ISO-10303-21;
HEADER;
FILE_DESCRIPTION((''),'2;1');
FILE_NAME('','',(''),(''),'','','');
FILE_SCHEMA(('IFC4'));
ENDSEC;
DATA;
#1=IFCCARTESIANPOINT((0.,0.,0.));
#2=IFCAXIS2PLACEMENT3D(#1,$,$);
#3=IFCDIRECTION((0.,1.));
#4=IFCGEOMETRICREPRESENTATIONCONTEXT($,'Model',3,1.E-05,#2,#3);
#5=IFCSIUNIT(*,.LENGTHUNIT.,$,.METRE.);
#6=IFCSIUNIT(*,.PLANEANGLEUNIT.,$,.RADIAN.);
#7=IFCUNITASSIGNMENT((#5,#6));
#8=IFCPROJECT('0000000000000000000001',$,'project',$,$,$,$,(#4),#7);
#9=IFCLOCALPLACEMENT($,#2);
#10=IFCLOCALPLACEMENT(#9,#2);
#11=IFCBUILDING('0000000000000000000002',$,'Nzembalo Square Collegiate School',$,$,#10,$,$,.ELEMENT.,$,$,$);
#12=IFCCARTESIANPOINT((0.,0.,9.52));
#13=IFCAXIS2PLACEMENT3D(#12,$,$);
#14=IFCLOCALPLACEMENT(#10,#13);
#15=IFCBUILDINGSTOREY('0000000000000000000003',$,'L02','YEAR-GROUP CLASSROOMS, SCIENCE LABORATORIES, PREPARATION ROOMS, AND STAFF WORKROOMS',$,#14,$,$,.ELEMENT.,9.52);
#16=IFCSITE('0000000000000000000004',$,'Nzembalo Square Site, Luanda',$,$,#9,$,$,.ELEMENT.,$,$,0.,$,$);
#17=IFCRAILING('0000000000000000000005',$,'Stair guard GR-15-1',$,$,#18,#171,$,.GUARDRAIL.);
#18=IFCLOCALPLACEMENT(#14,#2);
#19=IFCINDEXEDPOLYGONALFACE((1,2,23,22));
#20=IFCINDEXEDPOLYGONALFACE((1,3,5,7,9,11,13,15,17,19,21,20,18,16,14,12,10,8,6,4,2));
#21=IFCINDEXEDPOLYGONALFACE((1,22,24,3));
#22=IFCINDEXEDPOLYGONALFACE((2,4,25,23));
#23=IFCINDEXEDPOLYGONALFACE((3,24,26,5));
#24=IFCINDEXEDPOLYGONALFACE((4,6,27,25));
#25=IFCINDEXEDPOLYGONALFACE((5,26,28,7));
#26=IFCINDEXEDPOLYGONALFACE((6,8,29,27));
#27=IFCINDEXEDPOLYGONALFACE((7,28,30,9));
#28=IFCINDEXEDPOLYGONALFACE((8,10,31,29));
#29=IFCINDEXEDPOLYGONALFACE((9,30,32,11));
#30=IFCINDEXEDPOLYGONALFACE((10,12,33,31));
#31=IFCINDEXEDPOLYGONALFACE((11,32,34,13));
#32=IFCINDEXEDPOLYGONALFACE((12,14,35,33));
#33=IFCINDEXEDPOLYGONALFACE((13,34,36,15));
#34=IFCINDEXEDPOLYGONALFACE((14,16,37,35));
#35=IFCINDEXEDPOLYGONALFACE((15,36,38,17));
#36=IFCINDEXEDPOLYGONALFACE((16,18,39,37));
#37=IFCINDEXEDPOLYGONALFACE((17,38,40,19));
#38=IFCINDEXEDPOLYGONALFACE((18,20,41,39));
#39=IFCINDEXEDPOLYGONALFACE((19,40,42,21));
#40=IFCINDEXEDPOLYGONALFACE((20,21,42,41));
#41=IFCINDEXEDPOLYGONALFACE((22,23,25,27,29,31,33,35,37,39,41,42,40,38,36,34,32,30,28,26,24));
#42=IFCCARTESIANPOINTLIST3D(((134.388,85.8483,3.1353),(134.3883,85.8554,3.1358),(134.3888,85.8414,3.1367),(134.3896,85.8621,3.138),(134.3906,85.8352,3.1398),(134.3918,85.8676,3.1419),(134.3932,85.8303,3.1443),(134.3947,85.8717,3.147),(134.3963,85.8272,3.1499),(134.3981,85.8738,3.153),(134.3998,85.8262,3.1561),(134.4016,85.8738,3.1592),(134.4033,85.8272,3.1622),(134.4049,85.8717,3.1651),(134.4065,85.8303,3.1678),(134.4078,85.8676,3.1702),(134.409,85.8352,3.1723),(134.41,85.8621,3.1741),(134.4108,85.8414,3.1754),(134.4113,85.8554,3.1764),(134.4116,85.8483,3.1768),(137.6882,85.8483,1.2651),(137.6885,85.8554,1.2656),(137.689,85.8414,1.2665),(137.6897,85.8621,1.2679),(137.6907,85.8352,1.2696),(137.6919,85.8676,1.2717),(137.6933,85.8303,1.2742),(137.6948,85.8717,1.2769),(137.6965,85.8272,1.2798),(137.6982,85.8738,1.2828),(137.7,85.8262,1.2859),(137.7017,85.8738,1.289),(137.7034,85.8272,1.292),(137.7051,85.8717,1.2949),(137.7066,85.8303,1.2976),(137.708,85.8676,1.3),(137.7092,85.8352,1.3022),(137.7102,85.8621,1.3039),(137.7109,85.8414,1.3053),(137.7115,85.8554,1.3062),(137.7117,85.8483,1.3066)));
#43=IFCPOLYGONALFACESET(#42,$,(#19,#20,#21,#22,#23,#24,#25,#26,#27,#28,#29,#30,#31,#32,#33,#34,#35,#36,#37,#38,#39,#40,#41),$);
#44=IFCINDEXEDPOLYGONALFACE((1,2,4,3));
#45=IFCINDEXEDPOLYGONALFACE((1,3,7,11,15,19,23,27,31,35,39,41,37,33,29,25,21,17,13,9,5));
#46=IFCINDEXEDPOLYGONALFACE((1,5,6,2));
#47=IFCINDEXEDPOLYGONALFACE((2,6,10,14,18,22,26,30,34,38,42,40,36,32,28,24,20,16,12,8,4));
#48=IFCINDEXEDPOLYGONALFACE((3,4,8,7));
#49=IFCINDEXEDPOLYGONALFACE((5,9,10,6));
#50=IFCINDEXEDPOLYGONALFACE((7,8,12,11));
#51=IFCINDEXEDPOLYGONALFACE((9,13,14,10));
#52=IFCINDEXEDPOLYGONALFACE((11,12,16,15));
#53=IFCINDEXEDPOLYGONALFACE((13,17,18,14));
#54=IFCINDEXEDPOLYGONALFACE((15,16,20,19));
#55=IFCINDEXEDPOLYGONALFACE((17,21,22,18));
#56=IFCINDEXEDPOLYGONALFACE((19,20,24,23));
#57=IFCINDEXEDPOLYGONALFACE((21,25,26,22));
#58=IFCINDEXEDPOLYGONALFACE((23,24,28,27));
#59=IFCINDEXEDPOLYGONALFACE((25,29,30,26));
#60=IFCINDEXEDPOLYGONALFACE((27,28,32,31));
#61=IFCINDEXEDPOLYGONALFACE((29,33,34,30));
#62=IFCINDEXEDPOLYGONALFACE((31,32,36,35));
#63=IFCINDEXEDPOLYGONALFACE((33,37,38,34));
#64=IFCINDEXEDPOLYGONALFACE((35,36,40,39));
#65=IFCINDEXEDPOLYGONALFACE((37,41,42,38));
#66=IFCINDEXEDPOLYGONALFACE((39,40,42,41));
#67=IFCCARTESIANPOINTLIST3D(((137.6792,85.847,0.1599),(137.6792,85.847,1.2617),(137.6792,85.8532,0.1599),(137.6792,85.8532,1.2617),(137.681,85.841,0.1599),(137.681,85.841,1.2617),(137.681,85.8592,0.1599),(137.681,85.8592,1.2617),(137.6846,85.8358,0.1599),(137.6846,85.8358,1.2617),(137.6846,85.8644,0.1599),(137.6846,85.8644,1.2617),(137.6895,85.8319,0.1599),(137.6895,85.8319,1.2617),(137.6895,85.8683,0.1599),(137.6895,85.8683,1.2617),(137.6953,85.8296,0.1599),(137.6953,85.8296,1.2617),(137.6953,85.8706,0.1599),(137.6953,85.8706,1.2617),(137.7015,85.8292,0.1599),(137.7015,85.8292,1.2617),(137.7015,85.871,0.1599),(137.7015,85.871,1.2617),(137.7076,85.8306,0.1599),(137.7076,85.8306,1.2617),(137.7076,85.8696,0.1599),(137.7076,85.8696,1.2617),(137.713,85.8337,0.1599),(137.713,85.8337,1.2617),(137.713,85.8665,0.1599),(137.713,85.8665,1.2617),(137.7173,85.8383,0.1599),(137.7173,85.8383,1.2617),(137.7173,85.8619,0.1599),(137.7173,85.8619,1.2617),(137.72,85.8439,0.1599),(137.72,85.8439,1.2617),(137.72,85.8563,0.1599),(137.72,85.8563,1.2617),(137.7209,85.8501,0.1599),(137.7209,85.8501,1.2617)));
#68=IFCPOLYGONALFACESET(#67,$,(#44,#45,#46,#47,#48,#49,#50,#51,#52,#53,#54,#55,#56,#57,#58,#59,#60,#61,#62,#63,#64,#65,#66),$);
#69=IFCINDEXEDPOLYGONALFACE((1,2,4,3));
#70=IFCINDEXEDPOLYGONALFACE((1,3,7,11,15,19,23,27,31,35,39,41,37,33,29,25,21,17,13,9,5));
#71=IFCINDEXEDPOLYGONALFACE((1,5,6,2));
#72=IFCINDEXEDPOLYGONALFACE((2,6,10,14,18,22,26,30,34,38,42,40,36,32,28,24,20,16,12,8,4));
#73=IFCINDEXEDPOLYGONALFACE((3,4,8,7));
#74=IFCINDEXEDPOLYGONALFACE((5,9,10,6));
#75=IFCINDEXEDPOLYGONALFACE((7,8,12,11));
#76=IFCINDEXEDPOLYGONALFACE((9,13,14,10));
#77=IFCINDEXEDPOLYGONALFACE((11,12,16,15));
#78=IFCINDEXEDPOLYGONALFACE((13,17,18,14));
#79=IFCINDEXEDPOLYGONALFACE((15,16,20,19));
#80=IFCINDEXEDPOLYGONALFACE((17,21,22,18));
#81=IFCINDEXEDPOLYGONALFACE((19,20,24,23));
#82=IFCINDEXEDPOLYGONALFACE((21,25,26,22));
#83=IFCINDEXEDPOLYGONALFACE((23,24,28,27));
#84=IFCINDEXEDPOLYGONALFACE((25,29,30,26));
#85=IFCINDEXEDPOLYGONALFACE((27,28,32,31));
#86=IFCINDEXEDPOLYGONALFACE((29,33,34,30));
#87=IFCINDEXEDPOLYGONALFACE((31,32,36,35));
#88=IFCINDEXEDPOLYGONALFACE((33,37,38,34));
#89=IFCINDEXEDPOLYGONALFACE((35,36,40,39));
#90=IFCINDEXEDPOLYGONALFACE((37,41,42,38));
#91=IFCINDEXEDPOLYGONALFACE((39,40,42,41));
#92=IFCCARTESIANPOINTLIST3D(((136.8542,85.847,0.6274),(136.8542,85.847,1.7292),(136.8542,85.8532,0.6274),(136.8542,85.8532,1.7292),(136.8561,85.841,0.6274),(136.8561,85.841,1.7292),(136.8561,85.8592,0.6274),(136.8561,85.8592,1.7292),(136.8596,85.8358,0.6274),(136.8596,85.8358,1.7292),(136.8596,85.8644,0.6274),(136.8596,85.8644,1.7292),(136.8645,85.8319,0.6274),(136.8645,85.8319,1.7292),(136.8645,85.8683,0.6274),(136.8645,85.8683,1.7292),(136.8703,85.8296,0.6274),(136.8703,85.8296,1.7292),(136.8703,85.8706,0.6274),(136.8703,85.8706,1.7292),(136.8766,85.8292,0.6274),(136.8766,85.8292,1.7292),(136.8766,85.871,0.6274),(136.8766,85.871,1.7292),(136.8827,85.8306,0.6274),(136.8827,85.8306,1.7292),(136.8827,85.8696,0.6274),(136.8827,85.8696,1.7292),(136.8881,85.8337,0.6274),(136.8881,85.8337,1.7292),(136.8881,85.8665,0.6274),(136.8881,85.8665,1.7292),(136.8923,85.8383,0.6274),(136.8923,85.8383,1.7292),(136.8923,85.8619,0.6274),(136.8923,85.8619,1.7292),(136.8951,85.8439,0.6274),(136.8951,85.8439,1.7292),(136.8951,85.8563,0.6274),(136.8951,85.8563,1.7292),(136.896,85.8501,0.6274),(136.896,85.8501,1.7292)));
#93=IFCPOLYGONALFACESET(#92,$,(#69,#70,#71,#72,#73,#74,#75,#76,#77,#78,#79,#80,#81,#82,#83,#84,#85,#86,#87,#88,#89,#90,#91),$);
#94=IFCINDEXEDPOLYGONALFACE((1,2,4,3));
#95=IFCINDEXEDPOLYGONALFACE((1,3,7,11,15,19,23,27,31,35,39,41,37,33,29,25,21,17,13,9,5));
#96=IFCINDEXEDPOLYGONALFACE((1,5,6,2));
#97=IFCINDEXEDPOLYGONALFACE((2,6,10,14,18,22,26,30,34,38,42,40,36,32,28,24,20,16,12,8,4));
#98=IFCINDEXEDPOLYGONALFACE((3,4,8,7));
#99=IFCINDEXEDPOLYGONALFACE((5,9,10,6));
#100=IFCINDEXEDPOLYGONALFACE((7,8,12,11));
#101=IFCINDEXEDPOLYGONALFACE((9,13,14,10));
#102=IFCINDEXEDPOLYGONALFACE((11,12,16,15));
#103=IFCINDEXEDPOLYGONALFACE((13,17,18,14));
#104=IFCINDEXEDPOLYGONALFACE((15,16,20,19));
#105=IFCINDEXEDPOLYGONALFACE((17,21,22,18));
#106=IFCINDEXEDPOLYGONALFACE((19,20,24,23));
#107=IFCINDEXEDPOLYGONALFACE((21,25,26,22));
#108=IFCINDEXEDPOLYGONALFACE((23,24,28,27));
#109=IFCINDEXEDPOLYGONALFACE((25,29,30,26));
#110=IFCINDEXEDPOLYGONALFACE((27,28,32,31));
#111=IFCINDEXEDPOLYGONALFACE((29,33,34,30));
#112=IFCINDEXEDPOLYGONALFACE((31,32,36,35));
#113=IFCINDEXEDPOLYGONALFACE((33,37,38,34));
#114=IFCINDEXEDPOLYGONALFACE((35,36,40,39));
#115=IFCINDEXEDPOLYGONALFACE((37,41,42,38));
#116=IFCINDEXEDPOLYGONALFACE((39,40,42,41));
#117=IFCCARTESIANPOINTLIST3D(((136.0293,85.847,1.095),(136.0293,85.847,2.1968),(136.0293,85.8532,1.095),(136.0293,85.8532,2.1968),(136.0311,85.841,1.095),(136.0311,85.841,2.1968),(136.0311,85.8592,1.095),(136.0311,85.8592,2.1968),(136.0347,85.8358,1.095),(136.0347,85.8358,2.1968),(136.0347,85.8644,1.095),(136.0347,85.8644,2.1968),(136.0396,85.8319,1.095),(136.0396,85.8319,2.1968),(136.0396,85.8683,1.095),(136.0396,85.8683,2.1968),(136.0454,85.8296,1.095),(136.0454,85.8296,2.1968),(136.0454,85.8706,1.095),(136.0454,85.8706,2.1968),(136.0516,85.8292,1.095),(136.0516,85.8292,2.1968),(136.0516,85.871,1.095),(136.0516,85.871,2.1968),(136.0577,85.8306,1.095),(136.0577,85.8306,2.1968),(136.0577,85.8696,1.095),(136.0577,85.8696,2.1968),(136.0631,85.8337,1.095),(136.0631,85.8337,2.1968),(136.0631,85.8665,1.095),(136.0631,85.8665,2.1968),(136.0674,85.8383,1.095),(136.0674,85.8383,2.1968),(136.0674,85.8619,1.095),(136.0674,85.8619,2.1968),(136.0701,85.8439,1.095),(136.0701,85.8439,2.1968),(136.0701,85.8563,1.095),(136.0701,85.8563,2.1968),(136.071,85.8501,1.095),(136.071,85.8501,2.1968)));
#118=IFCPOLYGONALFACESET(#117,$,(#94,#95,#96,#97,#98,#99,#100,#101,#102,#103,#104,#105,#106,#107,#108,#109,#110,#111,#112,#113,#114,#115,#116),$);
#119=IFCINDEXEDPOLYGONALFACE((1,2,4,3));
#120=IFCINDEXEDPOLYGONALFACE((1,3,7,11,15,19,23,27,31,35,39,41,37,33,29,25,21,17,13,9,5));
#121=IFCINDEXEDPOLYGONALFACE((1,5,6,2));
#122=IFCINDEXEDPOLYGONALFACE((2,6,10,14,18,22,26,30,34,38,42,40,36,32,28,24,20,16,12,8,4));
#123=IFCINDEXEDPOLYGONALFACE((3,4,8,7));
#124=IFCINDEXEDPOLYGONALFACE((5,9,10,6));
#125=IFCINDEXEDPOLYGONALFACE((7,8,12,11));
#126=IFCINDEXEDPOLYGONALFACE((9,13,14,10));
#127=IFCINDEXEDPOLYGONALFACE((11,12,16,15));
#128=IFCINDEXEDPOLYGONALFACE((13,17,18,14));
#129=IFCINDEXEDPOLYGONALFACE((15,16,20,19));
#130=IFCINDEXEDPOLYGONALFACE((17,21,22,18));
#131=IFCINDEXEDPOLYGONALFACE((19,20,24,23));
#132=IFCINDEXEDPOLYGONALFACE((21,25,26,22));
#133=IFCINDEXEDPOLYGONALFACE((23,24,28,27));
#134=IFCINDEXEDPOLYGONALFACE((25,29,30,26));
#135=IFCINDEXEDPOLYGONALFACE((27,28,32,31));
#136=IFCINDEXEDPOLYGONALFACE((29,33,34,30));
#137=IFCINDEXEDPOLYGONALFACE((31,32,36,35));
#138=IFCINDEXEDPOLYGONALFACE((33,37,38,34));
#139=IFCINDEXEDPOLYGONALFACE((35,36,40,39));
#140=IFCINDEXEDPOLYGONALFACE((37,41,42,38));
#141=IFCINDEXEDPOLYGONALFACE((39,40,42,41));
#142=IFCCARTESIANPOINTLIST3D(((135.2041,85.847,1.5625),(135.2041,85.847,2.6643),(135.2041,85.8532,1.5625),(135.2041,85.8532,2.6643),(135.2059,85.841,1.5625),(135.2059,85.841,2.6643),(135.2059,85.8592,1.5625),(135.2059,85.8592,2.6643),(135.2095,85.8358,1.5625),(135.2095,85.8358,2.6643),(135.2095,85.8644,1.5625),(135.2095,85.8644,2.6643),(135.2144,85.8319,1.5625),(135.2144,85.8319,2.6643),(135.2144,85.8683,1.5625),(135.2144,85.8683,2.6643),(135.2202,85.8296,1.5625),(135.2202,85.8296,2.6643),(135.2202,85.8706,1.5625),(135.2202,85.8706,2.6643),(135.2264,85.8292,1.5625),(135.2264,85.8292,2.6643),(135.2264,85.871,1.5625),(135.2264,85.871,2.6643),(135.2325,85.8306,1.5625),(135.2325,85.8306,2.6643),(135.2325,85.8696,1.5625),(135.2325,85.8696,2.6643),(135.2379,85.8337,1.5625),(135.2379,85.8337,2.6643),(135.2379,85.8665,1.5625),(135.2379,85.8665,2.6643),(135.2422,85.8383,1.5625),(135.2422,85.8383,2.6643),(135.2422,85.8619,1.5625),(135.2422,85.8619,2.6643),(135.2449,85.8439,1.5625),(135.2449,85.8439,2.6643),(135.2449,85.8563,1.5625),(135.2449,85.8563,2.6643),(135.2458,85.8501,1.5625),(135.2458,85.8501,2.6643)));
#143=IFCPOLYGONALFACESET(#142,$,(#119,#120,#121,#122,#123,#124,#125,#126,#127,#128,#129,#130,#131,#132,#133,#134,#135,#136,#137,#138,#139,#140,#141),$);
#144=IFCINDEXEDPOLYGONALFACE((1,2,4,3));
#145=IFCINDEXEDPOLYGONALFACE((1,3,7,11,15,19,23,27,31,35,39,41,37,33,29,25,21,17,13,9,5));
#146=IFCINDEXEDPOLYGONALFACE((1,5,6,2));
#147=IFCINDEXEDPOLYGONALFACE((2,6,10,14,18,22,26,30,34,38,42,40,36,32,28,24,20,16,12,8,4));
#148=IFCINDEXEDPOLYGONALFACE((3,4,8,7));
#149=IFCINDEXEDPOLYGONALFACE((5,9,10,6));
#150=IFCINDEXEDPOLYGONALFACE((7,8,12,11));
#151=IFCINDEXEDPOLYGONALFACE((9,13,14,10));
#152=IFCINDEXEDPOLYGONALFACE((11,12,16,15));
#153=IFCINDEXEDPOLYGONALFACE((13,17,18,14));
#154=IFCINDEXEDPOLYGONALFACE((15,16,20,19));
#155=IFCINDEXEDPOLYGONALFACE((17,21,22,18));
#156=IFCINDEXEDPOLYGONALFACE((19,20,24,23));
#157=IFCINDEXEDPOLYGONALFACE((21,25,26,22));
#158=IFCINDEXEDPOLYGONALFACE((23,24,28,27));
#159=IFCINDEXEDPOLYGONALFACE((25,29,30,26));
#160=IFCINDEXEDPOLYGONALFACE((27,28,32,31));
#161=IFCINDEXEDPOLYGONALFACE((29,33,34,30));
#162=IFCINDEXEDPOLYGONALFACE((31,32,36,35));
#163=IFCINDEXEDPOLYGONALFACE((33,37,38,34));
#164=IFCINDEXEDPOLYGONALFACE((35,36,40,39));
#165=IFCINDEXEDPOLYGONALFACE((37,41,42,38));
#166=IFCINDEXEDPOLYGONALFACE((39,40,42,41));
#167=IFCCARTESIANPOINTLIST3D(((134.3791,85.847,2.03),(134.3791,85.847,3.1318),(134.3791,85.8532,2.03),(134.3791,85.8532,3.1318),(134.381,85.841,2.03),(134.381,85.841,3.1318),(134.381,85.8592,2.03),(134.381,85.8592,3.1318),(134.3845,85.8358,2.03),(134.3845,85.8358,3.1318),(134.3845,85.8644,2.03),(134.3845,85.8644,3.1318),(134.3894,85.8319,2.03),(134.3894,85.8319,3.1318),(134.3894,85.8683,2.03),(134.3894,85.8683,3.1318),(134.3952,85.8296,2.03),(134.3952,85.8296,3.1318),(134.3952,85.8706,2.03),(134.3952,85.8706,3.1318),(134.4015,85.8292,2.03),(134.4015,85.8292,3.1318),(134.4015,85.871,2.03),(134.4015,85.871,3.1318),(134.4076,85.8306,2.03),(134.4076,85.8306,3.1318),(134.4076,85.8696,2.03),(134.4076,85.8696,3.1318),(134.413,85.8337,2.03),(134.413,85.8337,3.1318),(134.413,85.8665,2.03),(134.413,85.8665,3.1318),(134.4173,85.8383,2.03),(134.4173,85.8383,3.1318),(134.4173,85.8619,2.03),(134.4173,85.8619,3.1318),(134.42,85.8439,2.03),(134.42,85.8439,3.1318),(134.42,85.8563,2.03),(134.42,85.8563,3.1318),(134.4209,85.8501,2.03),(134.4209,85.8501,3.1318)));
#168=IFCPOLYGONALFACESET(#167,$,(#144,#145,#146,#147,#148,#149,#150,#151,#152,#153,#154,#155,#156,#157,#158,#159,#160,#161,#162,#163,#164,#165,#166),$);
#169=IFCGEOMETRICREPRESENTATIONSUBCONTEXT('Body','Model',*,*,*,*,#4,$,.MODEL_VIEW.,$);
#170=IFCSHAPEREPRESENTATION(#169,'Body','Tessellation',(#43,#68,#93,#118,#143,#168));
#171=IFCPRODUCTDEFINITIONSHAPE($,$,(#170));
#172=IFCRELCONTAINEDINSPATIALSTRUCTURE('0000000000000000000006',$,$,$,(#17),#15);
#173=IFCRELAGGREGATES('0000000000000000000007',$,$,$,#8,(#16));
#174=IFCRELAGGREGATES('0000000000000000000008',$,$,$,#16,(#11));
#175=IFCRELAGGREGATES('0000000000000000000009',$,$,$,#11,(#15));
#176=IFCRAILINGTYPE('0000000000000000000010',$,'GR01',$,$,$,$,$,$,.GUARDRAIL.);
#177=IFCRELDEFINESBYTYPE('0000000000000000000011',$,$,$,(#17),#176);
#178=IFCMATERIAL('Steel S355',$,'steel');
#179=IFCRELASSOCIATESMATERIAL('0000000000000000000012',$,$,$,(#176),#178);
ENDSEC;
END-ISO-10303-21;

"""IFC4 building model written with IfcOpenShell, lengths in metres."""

from ifc_helpers import new_model, si_unit, direction, frame, origin, origin_2d, place, context, subcontext, project, spatial, circle, extrude, material, type_object, element, save


model = new_model("IFC4")

# Units and contexts
model_context = context("Model", 3, precision=1e-05, world=origin(), true_north=direction((0.0, 1.0)))
body_context = subcontext(model_context, "Body", "Model", "MODEL_VIEW")
ifc_project = project(units=[si_unit("LENGTHUNIT", "METRE"), si_unit("PLANEANGLEUNIT", "RADIAN")], contexts=[model_context])

# Site, building, storey
site_placement = place(None, origin())
site = spatial("IfcSite", under=ifc_project, at=site_placement, Name="Nzembalo Square Site, Luanda", CompositionType="ELEMENT", RefElevation=0.0)
building_placement = place(site_placement, origin())
building = spatial("IfcBuilding", under=site, at=building_placement, Name="Nzembalo Square Collegiate School", CompositionType="ELEMENT")
storey_placement = place(building_placement, frame((0.0, 0.0, 9.52)))
storey = spatial("IfcBuildingStorey", under=building, at=storey_placement, Name="L02", Description="YEAR-GROUP CLASSROOMS, SCIENCE LABORATORIES, PREPARATION ROOMS, AND STAFF WORKROOMS", CompositionType="ELEMENT", Elevation=9.52)

# Railing
ifc_material_1 = material(Name="Steel S355", Category="steel")
railing_type_1 = type_object("IfcRailingType", Name="GR01", PredefinedType="GUARDRAIL", material=ifc_material_1)
railing_1_placement = place(storey_placement, frame((137.7, 85.8501, 0.1599)))
element("IfcRailing", 1, at=railing_1_placement, inside=storey, type_object=railing_type_1, Name="Stair guard GR-15-1", PredefinedType="GUARDRAIL", context=body_context, shape_type="SweptSolid", body=[
    extrude(circle(Radius=0.0239, at=origin_2d()), frame((0.0, 0.0, 1.126), z_axis=(-0.870012, 0.0, 0.49303), x_axis=(0.0, -1.0, 0.0)), (0.0, 0.0, 1.0), 3.7932),
    extrude(circle(Radius=0.021, at=origin_2d()), origin(), (0.0, 0.0, 1.0), 1.1018),
    extrude(circle(Radius=0.021, at=origin_2d()), frame((-0.825, 0.0, 0.4675)), (0.0, 0.0, 1.0), 1.1018),
    extrude(circle(Radius=0.021, at=origin_2d()), frame((-1.6499, 0.0, 0.9351)), (0.0, 0.0, 1.0), 1.1018),
    extrude(circle(Radius=0.021, at=origin_2d()), frame((-2.4751, 0.0, 1.4026)), (0.0, 0.0, 1.0), 1.1018),
    extrude(circle(Radius=0.021, at=origin_2d()), frame((-3.3, 0.0, 1.8701)), (0.0, 0.0, 1.0), 1.1018),
])

save(model, "model.ifc")
